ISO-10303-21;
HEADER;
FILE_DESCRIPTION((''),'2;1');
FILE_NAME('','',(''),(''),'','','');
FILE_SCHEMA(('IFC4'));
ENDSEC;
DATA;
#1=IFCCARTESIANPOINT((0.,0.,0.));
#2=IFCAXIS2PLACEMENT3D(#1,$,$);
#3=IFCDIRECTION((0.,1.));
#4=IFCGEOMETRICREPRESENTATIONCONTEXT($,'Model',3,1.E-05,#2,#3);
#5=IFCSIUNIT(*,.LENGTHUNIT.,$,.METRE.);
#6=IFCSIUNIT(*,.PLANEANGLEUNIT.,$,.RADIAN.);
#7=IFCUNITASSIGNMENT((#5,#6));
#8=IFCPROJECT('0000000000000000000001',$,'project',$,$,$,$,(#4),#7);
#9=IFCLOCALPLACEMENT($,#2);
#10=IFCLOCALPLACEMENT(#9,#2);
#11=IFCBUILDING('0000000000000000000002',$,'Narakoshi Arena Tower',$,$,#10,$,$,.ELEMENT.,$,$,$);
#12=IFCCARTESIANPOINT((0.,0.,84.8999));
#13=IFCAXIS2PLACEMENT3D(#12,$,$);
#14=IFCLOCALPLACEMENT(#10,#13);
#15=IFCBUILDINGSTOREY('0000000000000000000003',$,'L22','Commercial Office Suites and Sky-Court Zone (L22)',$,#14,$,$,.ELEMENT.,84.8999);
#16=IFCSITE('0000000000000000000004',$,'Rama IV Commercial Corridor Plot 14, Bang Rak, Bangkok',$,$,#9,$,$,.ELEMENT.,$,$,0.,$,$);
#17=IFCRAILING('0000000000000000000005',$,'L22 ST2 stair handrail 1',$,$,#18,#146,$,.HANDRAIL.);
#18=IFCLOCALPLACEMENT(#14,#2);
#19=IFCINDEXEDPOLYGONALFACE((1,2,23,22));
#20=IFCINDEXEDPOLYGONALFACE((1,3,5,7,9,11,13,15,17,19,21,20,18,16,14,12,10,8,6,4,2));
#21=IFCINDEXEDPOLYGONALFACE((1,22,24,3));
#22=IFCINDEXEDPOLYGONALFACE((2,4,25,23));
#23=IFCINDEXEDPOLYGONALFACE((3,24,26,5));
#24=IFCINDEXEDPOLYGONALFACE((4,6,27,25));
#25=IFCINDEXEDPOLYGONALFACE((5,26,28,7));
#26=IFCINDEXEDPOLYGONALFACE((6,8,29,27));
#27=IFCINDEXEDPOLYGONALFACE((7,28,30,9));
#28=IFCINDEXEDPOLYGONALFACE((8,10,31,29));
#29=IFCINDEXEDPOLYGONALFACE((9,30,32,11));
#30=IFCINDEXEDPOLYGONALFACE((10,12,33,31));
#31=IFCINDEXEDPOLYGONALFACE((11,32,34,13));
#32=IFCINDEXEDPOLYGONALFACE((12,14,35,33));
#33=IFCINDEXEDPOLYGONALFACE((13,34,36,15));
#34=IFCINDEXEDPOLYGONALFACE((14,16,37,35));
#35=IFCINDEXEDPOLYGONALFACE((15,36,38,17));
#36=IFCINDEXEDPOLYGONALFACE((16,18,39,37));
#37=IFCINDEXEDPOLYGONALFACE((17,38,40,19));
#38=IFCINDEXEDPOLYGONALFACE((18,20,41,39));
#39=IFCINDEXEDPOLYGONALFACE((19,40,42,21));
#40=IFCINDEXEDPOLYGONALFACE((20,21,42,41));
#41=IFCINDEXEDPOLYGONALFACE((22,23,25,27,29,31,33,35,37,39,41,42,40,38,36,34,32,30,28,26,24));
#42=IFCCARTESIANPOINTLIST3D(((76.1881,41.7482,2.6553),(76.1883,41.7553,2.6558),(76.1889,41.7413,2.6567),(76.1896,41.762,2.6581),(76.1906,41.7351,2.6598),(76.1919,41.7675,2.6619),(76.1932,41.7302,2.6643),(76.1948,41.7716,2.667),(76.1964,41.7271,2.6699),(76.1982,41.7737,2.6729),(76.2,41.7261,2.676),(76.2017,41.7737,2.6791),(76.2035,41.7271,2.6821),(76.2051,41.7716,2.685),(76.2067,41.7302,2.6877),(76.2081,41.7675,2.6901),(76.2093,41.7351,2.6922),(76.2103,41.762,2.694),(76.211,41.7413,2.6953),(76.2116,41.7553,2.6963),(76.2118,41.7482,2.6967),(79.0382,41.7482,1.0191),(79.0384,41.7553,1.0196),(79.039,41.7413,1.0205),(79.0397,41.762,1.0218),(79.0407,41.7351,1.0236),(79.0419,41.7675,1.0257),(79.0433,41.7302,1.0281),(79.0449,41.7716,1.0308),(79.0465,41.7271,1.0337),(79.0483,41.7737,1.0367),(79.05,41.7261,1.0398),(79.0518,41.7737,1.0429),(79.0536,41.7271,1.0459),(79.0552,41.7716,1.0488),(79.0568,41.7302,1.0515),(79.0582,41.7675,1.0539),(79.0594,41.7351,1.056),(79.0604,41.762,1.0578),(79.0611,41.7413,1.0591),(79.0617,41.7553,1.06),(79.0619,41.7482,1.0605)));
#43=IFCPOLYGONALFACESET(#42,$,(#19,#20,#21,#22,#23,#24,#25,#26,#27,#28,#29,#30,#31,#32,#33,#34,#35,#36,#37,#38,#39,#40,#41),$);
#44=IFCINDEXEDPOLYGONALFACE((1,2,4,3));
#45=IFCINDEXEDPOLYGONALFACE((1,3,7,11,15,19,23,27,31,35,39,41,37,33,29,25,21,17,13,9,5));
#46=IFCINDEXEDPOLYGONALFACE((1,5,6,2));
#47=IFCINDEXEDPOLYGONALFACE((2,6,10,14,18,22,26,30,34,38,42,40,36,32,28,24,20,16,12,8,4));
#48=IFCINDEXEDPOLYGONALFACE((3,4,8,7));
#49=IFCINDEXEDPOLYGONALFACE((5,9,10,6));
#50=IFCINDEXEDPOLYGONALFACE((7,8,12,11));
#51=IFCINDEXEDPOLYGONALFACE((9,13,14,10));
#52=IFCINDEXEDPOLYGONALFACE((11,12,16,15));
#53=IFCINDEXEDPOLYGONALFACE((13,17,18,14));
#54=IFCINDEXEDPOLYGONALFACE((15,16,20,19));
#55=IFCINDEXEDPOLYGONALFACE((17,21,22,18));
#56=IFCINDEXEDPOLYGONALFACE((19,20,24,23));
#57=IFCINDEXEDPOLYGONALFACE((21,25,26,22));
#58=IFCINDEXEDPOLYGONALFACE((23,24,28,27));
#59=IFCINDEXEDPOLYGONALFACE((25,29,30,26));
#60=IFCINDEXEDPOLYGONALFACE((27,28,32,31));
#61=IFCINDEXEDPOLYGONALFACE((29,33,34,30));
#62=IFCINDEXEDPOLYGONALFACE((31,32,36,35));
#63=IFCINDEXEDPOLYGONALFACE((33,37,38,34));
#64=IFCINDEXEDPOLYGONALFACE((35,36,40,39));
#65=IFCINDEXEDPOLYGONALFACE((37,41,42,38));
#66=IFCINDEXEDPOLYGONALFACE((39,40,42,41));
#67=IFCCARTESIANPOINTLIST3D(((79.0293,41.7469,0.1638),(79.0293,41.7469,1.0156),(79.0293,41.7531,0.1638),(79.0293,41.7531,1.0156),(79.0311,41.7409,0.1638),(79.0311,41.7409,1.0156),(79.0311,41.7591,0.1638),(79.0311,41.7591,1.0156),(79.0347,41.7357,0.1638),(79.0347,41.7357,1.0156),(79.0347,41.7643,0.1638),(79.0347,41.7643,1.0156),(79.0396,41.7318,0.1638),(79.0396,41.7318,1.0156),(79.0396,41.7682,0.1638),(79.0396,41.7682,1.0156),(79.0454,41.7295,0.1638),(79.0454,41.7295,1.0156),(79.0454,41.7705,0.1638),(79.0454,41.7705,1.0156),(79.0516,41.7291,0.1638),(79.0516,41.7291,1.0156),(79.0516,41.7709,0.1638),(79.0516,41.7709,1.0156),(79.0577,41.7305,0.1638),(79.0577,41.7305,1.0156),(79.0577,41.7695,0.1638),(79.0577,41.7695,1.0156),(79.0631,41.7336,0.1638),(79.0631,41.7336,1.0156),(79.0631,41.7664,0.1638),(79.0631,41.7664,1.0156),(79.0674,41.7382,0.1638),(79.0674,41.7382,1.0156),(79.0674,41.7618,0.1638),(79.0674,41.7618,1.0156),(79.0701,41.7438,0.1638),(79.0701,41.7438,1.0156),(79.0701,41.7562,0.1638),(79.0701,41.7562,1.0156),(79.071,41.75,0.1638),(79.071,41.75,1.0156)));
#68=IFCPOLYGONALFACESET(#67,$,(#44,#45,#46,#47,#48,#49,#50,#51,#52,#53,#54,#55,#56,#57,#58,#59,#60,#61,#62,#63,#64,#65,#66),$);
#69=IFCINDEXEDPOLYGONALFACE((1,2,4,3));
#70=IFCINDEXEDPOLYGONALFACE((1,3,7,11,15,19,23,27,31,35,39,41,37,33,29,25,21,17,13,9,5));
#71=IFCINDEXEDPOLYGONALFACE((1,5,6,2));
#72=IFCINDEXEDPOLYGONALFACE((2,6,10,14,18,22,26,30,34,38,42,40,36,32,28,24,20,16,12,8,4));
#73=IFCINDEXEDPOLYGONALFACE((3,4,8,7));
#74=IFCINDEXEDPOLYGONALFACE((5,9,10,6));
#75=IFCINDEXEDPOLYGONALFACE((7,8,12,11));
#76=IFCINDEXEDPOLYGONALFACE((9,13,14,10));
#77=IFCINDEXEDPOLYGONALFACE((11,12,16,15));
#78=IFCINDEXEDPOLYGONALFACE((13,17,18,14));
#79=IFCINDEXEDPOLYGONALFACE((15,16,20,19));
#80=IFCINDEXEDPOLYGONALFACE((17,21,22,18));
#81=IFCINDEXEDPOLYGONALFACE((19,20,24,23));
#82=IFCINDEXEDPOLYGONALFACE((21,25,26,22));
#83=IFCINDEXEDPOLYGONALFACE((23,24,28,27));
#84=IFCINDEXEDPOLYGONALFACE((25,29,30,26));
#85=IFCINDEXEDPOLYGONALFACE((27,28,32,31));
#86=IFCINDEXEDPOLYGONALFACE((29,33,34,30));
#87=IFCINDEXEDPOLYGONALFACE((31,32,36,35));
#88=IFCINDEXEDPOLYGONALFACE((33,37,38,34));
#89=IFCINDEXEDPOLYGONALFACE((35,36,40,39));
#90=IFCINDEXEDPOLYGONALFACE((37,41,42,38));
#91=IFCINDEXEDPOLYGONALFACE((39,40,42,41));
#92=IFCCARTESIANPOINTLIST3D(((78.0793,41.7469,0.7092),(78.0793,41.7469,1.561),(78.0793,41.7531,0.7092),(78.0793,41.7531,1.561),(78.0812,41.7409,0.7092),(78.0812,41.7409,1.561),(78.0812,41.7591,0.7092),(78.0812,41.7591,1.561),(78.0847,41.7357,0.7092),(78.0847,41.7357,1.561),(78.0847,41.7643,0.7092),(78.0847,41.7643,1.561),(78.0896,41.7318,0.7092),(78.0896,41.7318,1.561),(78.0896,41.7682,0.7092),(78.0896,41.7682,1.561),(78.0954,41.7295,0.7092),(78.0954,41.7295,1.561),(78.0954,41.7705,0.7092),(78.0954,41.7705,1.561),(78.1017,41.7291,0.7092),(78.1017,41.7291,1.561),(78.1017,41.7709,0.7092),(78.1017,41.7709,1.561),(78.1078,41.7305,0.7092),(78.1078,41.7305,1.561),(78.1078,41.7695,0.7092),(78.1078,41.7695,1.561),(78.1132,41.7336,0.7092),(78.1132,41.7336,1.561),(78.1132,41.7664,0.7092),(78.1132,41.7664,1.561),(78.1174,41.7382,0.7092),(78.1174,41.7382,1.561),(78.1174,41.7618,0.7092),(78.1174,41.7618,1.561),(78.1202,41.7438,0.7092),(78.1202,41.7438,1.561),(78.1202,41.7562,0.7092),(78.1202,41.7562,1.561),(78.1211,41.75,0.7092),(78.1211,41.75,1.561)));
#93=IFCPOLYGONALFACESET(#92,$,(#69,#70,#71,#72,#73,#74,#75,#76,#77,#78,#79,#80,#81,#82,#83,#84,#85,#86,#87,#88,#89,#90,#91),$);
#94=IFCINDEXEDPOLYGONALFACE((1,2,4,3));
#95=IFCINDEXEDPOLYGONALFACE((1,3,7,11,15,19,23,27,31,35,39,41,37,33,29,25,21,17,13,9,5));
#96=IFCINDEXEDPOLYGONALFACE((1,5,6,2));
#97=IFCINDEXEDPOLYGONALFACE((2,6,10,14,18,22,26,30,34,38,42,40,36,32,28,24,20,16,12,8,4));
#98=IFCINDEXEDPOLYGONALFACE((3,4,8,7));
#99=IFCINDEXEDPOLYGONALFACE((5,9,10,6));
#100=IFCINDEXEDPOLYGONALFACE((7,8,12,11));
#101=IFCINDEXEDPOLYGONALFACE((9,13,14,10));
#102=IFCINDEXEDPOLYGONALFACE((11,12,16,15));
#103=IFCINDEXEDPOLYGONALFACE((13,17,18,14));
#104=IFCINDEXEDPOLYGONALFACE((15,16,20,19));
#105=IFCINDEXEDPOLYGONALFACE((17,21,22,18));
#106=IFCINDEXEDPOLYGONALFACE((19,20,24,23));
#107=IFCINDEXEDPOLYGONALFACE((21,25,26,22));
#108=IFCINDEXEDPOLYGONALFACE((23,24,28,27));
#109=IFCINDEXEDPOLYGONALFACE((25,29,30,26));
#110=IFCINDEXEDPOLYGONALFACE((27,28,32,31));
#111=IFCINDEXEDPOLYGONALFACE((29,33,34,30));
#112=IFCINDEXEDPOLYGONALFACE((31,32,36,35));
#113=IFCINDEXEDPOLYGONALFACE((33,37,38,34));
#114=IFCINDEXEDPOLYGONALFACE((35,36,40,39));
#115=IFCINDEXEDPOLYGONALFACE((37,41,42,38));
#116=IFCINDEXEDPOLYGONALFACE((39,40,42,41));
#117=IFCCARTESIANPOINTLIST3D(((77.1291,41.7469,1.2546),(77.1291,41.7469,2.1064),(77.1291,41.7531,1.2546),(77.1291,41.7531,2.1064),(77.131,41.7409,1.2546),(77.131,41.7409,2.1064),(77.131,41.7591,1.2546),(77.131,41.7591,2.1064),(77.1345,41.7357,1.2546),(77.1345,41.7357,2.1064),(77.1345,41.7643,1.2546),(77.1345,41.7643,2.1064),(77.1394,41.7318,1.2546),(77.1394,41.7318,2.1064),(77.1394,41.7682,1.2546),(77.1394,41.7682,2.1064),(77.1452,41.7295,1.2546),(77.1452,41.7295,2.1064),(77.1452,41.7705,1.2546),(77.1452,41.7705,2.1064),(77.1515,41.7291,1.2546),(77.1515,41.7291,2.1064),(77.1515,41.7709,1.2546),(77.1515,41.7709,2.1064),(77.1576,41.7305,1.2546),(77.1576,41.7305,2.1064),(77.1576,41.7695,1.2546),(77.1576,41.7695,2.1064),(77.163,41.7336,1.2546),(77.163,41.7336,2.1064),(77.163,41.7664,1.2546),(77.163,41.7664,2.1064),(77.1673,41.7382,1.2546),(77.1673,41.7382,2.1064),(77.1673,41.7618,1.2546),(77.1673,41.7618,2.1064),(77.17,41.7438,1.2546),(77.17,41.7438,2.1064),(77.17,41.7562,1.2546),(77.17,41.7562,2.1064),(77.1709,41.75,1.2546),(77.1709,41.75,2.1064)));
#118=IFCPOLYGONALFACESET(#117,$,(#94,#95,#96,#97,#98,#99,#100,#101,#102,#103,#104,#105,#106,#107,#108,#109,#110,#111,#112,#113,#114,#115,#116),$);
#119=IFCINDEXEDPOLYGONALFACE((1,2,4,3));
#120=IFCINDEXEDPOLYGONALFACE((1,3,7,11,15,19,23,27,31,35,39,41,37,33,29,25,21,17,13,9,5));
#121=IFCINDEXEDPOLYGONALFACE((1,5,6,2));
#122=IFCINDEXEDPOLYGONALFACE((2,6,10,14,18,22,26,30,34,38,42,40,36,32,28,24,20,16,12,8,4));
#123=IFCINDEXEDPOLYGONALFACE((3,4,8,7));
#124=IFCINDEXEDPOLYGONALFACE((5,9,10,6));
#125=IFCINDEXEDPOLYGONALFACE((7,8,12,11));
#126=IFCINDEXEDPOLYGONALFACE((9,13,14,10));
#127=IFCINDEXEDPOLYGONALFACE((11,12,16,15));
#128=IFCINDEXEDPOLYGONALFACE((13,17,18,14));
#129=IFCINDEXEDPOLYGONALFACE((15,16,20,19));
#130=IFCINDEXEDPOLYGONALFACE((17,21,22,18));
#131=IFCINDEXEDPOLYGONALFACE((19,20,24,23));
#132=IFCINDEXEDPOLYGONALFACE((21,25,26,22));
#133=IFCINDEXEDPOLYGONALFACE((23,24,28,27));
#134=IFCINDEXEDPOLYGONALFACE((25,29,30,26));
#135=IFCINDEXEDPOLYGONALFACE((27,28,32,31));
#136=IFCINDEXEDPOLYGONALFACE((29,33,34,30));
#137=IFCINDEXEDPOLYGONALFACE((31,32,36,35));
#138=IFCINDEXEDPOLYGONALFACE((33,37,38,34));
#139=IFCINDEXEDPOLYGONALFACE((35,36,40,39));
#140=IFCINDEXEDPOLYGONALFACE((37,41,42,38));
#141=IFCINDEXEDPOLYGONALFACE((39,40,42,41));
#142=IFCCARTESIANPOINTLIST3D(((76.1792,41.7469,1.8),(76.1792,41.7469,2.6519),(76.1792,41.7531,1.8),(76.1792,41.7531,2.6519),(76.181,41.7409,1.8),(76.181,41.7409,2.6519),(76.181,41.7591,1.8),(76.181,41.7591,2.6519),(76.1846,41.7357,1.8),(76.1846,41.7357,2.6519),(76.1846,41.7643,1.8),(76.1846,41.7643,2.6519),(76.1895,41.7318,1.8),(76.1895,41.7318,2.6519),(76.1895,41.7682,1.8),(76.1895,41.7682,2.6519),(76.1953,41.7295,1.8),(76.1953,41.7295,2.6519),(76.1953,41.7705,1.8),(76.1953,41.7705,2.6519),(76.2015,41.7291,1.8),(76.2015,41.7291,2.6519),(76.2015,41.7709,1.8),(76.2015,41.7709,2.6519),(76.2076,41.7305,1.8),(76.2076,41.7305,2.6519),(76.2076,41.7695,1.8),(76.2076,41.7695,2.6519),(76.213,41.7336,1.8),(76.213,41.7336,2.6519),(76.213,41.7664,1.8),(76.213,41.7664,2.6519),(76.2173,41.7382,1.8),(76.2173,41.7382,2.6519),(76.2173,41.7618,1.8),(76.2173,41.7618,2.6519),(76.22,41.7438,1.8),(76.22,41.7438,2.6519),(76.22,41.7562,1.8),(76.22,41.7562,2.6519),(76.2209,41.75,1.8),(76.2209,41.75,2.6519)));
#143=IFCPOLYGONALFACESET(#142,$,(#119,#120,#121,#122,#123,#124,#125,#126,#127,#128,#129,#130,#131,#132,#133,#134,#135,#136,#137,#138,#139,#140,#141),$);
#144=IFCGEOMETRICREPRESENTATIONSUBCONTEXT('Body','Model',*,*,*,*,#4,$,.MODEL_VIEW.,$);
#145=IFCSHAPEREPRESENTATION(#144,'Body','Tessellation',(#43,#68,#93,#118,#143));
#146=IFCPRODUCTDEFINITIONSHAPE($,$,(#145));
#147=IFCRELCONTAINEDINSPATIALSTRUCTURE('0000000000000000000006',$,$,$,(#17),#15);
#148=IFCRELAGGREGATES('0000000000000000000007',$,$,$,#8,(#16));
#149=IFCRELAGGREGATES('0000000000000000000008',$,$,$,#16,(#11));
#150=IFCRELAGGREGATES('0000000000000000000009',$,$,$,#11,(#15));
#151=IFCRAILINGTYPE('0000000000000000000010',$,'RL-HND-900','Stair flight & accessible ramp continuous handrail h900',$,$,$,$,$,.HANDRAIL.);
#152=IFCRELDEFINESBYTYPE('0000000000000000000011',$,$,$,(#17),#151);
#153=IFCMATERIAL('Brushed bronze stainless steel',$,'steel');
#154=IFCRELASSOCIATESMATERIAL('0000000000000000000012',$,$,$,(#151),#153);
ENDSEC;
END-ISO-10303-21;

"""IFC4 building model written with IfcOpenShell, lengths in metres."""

from ifc_helpers import new_model, si_unit, direction, frame, origin, origin_2d, place, context, subcontext, project, spatial, circle, extrude, material, type_object, element, save


model = new_model("IFC4")

# Units and contexts
model_context = context("Model", 3, precision=1e-05, world=origin(), true_north=direction((0.0, 1.0)))
body_context = subcontext(model_context, "Body", "Model", "MODEL_VIEW")
ifc_project = project(units=[si_unit("LENGTHUNIT", "METRE"), si_unit("PLANEANGLEUNIT", "RADIAN")], contexts=[model_context])

# Site, building, storey
site_placement = place(None, origin())
site = spatial("IfcSite", under=ifc_project, at=site_placement, Name="Rama IV Commercial Corridor Plot 14, Bang Rak, Bangkok", CompositionType="ELEMENT", RefElevation=0.0)
building_placement = place(site_placement, origin())
building = spatial("IfcBuilding", under=site, at=building_placement, Name="Narakoshi Arena Tower", CompositionType="ELEMENT")
storey_placement = place(building_placement, frame((0.0, 0.0, 84.8999)))
storey = spatial("IfcBuildingStorey", under=building, at=storey_placement, Name="L22", Description="Commercial Office Suites and Sky-Court Zone (L22)", CompositionType="ELEMENT", Elevation=84.8999)

# Railing
ifc_material_1 = material(Name="Brushed bronze stainless steel", Category="steel")
railing_type_1 = type_object("IfcRailingType", Name="RL-HND-900", Description="Stair flight & accessible ramp continuous handrail h900", PredefinedType="HANDRAIL", material=ifc_material_1)
railing_1_placement = place(storey_placement, frame((79.05, 41.75, 0.1638)))
element("IfcRailing", 1, at=railing_1_placement, inside=storey, type_object=railing_type_1, Name="L22 ST2 stair handrail 1", PredefinedType="HANDRAIL", context=body_context, shape_type="SweptSolid", body=[
    extrude(circle(Radius=0.0239, at=origin_2d()), frame((0.0, 0.0, 0.876), z_axis=(-0.867245, 0.0, 0.497882), x_axis=(0.0, -1.0, 0.0)), (0.0, 0.0, 1.0), 3.2864),
    extrude(circle(Radius=0.021, at=origin_2d()), origin(), (0.0, 0.0, 1.0), 0.8518),
    extrude(circle(Radius=0.021, at=origin_2d()), frame((-0.95, 0.0, 0.5454)), (0.0, 0.0, 1.0), 0.8518),
    extrude(circle(Radius=0.021, at=origin_2d()), frame((-1.9001, 0.0, 1.0908)), (0.0, 0.0, 1.0), 0.8518),
    extrude(circle(Radius=0.021, at=origin_2d()), frame((-2.8501, 0.0, 1.6362)), (0.0, 0.0, 1.0), 0.8518),
])

save(model, "model.ifc")
